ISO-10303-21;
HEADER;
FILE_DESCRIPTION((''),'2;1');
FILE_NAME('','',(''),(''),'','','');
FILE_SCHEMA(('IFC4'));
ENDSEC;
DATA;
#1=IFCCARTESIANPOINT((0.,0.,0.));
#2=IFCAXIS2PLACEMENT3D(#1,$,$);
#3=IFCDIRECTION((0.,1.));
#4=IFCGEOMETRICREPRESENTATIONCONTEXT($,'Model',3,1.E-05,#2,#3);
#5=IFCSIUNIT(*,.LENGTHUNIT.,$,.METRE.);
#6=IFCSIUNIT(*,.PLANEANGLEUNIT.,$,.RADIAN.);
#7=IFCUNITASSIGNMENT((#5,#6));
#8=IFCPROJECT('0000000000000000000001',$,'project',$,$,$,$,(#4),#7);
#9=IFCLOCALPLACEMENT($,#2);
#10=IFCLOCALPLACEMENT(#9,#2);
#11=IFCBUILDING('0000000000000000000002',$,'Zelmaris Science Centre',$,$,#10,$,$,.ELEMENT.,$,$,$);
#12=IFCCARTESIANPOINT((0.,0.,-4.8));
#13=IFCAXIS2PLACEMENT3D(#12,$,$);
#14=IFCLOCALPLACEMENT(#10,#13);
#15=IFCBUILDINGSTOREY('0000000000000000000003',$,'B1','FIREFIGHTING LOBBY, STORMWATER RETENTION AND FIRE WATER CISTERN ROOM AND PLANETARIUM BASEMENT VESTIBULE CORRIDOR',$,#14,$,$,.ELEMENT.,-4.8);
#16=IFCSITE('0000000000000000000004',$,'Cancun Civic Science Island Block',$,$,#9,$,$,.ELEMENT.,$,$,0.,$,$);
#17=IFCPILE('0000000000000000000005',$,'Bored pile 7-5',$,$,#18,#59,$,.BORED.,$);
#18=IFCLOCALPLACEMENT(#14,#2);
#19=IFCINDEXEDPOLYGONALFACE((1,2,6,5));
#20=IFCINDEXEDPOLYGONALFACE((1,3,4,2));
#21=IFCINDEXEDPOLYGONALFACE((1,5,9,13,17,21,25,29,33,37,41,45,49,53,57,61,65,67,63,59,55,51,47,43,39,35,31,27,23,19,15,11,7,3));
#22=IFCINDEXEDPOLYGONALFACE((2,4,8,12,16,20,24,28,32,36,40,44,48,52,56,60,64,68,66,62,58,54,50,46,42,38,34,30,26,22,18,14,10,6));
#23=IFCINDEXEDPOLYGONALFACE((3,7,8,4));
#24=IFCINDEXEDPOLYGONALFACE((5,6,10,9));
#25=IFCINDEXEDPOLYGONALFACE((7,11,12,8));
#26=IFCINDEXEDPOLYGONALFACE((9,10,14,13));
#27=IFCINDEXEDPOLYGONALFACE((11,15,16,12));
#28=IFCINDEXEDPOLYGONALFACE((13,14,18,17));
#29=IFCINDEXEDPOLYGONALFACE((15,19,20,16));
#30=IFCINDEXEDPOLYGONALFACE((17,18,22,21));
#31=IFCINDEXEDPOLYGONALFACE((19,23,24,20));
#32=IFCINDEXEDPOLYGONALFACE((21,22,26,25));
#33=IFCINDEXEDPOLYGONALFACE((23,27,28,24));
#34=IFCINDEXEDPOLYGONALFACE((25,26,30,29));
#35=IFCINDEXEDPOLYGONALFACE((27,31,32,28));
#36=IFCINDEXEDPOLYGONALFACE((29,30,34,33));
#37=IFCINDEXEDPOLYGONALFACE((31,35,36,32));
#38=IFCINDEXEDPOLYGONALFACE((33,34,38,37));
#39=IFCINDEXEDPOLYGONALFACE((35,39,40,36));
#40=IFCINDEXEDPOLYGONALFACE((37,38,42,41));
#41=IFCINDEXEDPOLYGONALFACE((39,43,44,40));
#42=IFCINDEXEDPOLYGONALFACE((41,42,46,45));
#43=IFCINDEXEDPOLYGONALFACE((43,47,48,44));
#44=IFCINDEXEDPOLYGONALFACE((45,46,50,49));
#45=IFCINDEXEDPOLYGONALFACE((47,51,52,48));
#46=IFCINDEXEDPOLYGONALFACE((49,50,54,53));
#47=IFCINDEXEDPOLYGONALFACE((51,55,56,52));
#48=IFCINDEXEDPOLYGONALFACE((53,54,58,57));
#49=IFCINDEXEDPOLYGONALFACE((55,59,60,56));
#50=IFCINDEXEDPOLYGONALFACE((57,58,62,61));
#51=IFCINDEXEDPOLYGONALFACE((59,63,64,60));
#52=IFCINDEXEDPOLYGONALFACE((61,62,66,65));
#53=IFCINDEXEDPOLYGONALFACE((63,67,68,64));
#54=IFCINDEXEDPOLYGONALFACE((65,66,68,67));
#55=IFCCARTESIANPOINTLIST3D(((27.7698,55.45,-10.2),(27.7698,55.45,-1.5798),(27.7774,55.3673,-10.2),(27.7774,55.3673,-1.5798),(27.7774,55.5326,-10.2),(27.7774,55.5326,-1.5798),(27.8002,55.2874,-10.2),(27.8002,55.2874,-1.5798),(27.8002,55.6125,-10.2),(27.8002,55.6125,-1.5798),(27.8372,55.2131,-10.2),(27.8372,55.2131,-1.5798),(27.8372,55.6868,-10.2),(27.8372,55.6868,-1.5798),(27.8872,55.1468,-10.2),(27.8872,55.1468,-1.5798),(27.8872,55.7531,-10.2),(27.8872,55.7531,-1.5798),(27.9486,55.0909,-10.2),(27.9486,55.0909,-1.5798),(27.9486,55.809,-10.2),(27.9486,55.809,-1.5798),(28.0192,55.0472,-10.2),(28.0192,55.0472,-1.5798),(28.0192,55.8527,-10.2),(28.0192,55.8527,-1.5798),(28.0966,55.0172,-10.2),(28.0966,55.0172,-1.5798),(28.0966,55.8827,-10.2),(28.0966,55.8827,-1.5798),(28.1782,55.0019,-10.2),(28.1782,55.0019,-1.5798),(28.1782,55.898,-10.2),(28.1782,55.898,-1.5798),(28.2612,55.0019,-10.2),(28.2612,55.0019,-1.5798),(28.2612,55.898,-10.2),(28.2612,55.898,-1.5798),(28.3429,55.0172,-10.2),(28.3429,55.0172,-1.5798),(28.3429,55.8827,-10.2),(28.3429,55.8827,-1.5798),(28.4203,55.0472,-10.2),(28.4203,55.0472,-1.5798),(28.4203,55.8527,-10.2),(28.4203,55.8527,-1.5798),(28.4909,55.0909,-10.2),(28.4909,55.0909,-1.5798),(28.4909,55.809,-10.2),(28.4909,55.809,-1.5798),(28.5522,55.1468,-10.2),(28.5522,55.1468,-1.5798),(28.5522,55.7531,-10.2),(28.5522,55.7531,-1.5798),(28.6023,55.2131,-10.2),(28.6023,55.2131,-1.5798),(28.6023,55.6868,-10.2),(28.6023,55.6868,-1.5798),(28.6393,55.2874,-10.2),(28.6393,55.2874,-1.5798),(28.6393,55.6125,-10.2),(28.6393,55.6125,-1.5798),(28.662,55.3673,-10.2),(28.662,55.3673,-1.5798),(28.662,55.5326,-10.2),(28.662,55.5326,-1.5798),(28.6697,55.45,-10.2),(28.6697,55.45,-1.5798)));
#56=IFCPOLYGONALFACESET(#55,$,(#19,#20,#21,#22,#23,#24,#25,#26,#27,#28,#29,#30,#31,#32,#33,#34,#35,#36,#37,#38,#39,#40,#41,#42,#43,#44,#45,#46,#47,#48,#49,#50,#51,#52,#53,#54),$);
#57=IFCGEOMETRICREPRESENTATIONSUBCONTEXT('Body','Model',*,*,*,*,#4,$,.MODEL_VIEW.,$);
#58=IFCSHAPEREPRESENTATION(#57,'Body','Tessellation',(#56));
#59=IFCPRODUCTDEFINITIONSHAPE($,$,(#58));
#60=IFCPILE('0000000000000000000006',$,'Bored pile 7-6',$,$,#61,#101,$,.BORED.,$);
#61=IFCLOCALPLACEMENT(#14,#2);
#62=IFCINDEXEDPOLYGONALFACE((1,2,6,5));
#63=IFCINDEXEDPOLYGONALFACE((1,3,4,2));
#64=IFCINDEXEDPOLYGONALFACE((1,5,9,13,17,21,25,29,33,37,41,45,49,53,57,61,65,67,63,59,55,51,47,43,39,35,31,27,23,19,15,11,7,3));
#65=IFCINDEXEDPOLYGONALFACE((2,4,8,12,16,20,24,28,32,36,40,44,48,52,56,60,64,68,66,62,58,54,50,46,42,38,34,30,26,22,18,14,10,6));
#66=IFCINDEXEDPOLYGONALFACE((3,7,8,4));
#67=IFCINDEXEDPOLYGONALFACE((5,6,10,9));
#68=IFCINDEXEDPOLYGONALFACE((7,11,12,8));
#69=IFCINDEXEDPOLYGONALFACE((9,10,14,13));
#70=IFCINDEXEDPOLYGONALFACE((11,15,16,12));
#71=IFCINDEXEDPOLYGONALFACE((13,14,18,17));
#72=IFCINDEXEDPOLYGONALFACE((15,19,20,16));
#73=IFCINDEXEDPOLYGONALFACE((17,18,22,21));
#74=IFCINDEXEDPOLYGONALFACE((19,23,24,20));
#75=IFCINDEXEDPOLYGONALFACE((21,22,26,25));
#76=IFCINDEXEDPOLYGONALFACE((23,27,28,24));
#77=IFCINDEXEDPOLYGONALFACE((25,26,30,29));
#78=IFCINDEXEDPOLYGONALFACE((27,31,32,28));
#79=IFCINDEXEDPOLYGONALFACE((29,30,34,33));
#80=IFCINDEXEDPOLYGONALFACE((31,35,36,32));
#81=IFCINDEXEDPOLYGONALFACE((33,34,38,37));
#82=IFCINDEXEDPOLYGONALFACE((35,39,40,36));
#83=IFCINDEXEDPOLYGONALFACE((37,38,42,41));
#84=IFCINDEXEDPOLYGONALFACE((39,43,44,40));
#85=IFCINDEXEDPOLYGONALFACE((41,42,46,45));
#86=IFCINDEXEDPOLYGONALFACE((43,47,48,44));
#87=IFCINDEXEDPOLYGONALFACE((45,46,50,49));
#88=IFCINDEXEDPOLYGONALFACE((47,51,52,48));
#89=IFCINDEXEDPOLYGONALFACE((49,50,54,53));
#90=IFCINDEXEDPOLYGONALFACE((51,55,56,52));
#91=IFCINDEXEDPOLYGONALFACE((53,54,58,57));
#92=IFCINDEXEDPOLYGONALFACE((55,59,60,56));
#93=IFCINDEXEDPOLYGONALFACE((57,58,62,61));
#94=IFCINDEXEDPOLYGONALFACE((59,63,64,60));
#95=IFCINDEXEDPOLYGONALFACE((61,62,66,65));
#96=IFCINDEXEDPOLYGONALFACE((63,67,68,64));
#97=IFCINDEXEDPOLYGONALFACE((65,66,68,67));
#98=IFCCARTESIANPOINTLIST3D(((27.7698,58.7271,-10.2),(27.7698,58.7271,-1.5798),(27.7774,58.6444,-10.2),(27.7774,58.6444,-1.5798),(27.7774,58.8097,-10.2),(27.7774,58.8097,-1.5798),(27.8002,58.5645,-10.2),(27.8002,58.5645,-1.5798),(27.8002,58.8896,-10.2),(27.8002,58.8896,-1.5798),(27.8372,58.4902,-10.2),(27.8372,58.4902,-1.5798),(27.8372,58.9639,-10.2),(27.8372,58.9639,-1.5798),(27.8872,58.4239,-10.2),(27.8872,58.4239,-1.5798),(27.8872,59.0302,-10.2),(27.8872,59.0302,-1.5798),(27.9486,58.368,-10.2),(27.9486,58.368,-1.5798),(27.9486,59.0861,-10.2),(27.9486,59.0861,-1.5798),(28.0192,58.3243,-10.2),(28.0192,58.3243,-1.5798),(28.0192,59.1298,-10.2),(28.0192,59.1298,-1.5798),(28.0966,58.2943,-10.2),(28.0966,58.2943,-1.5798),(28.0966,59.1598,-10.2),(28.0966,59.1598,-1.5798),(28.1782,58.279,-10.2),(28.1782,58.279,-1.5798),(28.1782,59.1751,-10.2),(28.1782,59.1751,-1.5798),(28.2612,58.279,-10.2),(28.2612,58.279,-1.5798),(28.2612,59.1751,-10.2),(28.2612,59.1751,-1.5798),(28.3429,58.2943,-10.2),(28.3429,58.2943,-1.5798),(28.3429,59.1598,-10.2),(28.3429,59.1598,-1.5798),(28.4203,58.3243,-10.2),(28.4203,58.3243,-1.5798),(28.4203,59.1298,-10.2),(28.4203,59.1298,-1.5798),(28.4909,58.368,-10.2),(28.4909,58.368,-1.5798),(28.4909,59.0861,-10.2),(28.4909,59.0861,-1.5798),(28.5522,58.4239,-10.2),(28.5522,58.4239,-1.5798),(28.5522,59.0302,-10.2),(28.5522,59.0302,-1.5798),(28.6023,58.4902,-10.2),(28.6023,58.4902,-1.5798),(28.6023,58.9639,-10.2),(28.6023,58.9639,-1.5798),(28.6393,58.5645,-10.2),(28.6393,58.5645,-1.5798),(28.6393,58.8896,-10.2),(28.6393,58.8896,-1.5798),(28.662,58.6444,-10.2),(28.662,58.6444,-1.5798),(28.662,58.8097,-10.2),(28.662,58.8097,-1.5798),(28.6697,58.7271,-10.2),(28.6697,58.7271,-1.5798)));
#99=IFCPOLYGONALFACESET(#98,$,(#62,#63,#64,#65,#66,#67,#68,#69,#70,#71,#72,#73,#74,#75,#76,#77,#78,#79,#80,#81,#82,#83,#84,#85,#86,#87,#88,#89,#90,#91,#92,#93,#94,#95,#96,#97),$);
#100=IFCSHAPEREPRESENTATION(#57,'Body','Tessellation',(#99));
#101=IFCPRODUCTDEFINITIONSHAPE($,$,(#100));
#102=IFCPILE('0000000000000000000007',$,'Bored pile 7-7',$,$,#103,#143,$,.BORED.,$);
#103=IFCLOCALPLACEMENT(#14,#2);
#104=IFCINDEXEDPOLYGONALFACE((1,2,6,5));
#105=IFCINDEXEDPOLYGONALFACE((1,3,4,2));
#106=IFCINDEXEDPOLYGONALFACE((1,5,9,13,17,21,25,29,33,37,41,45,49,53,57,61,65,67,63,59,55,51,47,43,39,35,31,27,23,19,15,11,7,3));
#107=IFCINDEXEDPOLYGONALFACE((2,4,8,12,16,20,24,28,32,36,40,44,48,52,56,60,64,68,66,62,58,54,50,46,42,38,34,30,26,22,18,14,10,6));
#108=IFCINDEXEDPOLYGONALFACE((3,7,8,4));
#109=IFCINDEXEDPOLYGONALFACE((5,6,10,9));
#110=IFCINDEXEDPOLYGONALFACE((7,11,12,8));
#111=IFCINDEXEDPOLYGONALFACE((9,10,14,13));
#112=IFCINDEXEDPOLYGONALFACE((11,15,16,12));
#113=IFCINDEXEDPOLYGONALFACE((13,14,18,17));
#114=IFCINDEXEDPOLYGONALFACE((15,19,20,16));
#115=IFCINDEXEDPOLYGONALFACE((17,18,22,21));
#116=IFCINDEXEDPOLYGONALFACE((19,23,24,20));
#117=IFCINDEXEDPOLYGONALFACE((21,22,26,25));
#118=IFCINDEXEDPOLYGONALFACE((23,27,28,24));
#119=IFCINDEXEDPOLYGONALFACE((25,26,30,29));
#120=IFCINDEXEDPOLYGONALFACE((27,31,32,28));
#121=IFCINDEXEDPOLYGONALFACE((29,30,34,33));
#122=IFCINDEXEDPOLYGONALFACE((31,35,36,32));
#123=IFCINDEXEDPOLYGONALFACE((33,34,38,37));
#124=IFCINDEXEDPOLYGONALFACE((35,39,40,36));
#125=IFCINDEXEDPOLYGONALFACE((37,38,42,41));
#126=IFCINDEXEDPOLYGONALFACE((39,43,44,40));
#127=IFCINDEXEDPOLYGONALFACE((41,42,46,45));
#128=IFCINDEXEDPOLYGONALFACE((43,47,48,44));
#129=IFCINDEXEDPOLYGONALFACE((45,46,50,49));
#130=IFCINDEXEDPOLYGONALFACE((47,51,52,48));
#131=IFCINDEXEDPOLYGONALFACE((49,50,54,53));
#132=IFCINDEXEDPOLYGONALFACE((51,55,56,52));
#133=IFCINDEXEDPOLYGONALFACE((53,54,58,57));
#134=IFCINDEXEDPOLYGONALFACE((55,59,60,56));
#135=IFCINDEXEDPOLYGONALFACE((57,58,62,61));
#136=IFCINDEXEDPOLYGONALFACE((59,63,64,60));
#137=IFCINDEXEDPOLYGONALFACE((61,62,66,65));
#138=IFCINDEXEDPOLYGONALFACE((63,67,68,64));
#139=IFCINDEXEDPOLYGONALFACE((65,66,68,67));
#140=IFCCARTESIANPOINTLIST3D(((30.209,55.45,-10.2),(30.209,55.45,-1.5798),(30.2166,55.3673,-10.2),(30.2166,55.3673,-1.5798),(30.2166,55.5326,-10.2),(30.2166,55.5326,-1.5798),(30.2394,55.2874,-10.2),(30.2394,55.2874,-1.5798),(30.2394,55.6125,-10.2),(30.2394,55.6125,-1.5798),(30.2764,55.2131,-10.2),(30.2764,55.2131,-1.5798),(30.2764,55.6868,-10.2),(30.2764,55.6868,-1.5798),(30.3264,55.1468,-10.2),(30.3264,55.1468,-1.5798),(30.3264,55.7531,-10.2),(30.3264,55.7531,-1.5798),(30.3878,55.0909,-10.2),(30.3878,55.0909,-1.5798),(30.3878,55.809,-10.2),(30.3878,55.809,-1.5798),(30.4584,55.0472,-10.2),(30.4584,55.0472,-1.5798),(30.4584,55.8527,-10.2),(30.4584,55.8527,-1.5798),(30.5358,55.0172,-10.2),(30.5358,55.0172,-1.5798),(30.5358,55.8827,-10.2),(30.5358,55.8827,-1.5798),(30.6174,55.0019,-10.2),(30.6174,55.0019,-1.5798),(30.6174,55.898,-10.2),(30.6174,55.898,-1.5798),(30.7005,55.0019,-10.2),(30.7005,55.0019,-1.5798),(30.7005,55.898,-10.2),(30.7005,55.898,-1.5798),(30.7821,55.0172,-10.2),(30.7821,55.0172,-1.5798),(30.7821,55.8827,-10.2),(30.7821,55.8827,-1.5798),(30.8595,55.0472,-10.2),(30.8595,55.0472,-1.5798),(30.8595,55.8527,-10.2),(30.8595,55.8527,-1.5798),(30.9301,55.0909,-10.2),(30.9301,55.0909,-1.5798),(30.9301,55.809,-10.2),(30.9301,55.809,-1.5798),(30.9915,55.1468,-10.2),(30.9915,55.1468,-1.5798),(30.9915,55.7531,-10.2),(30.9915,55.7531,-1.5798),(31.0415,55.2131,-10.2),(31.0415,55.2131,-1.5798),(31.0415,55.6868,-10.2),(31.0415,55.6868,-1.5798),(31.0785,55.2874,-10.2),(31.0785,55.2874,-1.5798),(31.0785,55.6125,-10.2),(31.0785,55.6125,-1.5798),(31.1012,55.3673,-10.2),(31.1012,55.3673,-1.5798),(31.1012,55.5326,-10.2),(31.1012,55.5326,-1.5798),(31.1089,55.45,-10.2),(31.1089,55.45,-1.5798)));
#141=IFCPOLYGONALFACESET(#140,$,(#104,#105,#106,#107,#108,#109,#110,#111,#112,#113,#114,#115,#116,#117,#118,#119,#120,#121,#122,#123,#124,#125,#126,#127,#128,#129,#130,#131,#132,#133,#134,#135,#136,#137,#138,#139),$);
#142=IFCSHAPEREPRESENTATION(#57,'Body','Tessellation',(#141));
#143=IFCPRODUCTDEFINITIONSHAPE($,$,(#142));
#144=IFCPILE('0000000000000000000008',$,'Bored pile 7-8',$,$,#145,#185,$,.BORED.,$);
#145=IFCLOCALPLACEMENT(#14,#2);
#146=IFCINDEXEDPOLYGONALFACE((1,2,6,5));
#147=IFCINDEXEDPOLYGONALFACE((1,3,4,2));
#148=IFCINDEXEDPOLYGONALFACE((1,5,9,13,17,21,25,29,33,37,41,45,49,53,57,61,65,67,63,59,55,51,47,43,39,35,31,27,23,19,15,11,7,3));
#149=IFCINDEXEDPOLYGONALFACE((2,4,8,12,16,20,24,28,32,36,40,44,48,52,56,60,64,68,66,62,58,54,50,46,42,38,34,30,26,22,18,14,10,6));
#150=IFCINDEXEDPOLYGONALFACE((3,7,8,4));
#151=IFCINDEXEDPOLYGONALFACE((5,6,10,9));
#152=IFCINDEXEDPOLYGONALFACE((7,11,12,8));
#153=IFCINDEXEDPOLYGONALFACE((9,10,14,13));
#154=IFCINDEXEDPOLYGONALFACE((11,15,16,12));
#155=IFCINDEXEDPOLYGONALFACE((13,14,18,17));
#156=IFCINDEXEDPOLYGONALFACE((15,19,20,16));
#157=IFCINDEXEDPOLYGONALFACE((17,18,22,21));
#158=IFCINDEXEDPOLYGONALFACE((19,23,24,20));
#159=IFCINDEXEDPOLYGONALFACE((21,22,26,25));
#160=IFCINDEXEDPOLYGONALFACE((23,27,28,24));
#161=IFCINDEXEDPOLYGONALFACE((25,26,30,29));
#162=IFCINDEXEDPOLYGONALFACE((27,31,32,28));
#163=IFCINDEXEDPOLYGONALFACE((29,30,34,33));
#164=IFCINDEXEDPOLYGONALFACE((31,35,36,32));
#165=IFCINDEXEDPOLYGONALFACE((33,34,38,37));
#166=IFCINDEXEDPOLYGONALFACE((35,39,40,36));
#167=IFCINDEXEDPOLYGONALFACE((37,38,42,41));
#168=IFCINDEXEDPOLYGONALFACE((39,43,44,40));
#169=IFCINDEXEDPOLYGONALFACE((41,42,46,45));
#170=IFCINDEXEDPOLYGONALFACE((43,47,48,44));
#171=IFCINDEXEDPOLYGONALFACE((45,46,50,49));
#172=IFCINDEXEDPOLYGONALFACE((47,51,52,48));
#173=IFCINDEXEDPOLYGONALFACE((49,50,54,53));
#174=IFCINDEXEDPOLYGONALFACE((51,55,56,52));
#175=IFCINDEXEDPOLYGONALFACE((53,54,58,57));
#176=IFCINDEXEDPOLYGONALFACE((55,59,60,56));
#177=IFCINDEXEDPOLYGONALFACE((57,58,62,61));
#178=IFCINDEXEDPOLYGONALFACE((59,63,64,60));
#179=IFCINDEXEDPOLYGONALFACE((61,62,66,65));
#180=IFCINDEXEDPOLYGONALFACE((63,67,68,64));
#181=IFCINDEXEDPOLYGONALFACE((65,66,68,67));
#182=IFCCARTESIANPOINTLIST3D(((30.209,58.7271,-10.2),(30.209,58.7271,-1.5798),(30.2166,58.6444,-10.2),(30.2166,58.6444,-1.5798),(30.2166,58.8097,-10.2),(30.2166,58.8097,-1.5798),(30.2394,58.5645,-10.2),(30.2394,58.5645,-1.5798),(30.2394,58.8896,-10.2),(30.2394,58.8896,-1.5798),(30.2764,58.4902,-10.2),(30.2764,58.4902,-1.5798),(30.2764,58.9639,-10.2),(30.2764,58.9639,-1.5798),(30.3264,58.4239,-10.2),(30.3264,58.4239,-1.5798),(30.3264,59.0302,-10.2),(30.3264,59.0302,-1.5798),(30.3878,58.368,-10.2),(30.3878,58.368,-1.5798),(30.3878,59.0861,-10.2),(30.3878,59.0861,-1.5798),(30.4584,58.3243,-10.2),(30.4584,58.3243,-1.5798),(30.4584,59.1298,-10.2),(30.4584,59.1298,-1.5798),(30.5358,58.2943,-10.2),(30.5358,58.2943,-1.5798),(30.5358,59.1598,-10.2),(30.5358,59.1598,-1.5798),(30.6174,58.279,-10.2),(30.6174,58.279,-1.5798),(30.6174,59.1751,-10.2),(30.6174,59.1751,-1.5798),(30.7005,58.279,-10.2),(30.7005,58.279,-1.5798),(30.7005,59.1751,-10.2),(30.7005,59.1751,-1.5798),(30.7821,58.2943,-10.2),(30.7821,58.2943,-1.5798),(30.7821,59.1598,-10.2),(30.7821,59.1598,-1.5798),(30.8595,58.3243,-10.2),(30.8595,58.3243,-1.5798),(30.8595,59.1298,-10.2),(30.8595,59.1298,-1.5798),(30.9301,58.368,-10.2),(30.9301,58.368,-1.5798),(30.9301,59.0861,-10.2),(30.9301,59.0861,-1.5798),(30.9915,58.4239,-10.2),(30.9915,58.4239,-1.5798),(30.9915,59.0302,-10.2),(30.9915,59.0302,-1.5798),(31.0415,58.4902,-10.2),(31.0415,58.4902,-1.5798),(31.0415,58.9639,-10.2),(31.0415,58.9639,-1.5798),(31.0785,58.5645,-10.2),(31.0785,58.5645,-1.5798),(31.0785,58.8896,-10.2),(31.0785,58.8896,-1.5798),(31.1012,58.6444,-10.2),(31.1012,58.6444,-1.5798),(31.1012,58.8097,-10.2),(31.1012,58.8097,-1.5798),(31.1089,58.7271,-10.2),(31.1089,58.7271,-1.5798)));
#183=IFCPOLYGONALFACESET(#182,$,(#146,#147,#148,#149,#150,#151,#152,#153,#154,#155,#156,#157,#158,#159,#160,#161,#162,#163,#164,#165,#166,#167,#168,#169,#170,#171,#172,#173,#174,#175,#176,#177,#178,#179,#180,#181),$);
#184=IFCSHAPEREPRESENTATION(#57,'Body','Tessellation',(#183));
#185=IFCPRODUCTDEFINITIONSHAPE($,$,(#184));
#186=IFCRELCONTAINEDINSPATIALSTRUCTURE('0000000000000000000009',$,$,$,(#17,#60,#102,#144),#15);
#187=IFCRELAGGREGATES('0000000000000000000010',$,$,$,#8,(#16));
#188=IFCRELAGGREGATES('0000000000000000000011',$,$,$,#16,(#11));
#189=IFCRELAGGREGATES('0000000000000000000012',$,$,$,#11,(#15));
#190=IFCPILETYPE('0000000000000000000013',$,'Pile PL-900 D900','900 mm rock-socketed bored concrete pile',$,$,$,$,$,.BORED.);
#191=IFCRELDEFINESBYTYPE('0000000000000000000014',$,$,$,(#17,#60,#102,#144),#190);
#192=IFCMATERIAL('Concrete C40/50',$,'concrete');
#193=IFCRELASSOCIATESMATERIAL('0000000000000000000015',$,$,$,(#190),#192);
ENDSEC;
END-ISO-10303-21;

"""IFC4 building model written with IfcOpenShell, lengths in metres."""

from ifc_helpers import new_model, si_unit, direction, frame, origin, origin_2d, place, context, subcontext, project, spatial, circle, extrude, material, material_profile, profile_set, type_object, element, save


model = new_model("IFC4")

# Units and contexts
model_context = context("Model", 3, precision=1e-05, world=origin(), true_north=direction((0.0, 1.0)))
body_context = subcontext(model_context, "Body", "Model", "MODEL_VIEW")
ifc_project = project(units=[si_unit("LENGTHUNIT", "METRE"), si_unit("PLANEANGLEUNIT", "RADIAN")], contexts=[model_context])

# Site, building, storey
site_placement = place(None, origin())
site = spatial("IfcSite", under=ifc_project, at=site_placement, Name="Cancun Civic Science Island Block", CompositionType="ELEMENT", RefElevation=0.0)
building_placement = place(site_placement, origin())
building = spatial("IfcBuilding", under=site, at=building_placement, Name="Zelmaris Science Centre", CompositionType="ELEMENT")
storey_placement = place(building_placement, frame((0.0, 0.0, -4.8)))
storey = spatial("IfcBuildingStorey", under=building, at=storey_placement, Name="B1", Description="FIREFIGHTING LOBBY, STORMWATER RETENTION AND FIRE WATER CISTERN ROOM AND PLANETARIUM BASEMENT VESTIBULE CORRIDOR", CompositionType="ELEMENT", Elevation=-4.8)

# Shared definitions
ifc_material_1 = material(Name="Concrete C40/50", Category="concrete")

# Piles
ifc_material_profile_1 = material_profile(ifc_material_1, circle(Radius=0.45, at=origin_2d()), Name="PILE-900")
ifc_profile_set_1 = profile_set([ifc_material_profile_1], Name="Concrete C40/50")
pile_type_1 = type_object("IfcPileType", Name="Pile PL-900 D900", Description="900 mm rock-socketed bored concrete pile", PredefinedType="BORED", material=ifc_profile_set_1)
for number, where, z_axis, x_axis, name in (
    (1, (28.2197, 55.45, -1.5798), (0.0, 0.0, -1.0), (1.0, 0.0, 0.0), "Bored pile 7-5"),
    (2, (28.2197, 58.7271, -1.5798), (0.0, 0.0, -1.0), (1.0, 0.0, 0.0), "Bored pile 7-6"),
    (3, (30.6589, 55.45, -1.5798), (0.0, 0.0, -1.0), (1.0, 0.0, 0.0), "Bored pile 7-7"),
    (4, (30.6589, 58.7271, -1.5798), (0.0, 0.0, -1.0), (1.0, 0.0, 0.0), "Bored pile 7-8"),
):
    element("IfcPile", number, at=place(storey_placement, frame(where, z_axis=z_axis, x_axis=x_axis)), inside=storey, type_object=pile_type_1, Name=name, PredefinedType="BORED", context=body_context, shape_type="SweptSolid", body=[
        extrude(circle(Radius=0.45, at=origin_2d()), origin(), (0.0, 0.0, 1.0), 8.6201),
    ])

save(model, "model.ifc")
